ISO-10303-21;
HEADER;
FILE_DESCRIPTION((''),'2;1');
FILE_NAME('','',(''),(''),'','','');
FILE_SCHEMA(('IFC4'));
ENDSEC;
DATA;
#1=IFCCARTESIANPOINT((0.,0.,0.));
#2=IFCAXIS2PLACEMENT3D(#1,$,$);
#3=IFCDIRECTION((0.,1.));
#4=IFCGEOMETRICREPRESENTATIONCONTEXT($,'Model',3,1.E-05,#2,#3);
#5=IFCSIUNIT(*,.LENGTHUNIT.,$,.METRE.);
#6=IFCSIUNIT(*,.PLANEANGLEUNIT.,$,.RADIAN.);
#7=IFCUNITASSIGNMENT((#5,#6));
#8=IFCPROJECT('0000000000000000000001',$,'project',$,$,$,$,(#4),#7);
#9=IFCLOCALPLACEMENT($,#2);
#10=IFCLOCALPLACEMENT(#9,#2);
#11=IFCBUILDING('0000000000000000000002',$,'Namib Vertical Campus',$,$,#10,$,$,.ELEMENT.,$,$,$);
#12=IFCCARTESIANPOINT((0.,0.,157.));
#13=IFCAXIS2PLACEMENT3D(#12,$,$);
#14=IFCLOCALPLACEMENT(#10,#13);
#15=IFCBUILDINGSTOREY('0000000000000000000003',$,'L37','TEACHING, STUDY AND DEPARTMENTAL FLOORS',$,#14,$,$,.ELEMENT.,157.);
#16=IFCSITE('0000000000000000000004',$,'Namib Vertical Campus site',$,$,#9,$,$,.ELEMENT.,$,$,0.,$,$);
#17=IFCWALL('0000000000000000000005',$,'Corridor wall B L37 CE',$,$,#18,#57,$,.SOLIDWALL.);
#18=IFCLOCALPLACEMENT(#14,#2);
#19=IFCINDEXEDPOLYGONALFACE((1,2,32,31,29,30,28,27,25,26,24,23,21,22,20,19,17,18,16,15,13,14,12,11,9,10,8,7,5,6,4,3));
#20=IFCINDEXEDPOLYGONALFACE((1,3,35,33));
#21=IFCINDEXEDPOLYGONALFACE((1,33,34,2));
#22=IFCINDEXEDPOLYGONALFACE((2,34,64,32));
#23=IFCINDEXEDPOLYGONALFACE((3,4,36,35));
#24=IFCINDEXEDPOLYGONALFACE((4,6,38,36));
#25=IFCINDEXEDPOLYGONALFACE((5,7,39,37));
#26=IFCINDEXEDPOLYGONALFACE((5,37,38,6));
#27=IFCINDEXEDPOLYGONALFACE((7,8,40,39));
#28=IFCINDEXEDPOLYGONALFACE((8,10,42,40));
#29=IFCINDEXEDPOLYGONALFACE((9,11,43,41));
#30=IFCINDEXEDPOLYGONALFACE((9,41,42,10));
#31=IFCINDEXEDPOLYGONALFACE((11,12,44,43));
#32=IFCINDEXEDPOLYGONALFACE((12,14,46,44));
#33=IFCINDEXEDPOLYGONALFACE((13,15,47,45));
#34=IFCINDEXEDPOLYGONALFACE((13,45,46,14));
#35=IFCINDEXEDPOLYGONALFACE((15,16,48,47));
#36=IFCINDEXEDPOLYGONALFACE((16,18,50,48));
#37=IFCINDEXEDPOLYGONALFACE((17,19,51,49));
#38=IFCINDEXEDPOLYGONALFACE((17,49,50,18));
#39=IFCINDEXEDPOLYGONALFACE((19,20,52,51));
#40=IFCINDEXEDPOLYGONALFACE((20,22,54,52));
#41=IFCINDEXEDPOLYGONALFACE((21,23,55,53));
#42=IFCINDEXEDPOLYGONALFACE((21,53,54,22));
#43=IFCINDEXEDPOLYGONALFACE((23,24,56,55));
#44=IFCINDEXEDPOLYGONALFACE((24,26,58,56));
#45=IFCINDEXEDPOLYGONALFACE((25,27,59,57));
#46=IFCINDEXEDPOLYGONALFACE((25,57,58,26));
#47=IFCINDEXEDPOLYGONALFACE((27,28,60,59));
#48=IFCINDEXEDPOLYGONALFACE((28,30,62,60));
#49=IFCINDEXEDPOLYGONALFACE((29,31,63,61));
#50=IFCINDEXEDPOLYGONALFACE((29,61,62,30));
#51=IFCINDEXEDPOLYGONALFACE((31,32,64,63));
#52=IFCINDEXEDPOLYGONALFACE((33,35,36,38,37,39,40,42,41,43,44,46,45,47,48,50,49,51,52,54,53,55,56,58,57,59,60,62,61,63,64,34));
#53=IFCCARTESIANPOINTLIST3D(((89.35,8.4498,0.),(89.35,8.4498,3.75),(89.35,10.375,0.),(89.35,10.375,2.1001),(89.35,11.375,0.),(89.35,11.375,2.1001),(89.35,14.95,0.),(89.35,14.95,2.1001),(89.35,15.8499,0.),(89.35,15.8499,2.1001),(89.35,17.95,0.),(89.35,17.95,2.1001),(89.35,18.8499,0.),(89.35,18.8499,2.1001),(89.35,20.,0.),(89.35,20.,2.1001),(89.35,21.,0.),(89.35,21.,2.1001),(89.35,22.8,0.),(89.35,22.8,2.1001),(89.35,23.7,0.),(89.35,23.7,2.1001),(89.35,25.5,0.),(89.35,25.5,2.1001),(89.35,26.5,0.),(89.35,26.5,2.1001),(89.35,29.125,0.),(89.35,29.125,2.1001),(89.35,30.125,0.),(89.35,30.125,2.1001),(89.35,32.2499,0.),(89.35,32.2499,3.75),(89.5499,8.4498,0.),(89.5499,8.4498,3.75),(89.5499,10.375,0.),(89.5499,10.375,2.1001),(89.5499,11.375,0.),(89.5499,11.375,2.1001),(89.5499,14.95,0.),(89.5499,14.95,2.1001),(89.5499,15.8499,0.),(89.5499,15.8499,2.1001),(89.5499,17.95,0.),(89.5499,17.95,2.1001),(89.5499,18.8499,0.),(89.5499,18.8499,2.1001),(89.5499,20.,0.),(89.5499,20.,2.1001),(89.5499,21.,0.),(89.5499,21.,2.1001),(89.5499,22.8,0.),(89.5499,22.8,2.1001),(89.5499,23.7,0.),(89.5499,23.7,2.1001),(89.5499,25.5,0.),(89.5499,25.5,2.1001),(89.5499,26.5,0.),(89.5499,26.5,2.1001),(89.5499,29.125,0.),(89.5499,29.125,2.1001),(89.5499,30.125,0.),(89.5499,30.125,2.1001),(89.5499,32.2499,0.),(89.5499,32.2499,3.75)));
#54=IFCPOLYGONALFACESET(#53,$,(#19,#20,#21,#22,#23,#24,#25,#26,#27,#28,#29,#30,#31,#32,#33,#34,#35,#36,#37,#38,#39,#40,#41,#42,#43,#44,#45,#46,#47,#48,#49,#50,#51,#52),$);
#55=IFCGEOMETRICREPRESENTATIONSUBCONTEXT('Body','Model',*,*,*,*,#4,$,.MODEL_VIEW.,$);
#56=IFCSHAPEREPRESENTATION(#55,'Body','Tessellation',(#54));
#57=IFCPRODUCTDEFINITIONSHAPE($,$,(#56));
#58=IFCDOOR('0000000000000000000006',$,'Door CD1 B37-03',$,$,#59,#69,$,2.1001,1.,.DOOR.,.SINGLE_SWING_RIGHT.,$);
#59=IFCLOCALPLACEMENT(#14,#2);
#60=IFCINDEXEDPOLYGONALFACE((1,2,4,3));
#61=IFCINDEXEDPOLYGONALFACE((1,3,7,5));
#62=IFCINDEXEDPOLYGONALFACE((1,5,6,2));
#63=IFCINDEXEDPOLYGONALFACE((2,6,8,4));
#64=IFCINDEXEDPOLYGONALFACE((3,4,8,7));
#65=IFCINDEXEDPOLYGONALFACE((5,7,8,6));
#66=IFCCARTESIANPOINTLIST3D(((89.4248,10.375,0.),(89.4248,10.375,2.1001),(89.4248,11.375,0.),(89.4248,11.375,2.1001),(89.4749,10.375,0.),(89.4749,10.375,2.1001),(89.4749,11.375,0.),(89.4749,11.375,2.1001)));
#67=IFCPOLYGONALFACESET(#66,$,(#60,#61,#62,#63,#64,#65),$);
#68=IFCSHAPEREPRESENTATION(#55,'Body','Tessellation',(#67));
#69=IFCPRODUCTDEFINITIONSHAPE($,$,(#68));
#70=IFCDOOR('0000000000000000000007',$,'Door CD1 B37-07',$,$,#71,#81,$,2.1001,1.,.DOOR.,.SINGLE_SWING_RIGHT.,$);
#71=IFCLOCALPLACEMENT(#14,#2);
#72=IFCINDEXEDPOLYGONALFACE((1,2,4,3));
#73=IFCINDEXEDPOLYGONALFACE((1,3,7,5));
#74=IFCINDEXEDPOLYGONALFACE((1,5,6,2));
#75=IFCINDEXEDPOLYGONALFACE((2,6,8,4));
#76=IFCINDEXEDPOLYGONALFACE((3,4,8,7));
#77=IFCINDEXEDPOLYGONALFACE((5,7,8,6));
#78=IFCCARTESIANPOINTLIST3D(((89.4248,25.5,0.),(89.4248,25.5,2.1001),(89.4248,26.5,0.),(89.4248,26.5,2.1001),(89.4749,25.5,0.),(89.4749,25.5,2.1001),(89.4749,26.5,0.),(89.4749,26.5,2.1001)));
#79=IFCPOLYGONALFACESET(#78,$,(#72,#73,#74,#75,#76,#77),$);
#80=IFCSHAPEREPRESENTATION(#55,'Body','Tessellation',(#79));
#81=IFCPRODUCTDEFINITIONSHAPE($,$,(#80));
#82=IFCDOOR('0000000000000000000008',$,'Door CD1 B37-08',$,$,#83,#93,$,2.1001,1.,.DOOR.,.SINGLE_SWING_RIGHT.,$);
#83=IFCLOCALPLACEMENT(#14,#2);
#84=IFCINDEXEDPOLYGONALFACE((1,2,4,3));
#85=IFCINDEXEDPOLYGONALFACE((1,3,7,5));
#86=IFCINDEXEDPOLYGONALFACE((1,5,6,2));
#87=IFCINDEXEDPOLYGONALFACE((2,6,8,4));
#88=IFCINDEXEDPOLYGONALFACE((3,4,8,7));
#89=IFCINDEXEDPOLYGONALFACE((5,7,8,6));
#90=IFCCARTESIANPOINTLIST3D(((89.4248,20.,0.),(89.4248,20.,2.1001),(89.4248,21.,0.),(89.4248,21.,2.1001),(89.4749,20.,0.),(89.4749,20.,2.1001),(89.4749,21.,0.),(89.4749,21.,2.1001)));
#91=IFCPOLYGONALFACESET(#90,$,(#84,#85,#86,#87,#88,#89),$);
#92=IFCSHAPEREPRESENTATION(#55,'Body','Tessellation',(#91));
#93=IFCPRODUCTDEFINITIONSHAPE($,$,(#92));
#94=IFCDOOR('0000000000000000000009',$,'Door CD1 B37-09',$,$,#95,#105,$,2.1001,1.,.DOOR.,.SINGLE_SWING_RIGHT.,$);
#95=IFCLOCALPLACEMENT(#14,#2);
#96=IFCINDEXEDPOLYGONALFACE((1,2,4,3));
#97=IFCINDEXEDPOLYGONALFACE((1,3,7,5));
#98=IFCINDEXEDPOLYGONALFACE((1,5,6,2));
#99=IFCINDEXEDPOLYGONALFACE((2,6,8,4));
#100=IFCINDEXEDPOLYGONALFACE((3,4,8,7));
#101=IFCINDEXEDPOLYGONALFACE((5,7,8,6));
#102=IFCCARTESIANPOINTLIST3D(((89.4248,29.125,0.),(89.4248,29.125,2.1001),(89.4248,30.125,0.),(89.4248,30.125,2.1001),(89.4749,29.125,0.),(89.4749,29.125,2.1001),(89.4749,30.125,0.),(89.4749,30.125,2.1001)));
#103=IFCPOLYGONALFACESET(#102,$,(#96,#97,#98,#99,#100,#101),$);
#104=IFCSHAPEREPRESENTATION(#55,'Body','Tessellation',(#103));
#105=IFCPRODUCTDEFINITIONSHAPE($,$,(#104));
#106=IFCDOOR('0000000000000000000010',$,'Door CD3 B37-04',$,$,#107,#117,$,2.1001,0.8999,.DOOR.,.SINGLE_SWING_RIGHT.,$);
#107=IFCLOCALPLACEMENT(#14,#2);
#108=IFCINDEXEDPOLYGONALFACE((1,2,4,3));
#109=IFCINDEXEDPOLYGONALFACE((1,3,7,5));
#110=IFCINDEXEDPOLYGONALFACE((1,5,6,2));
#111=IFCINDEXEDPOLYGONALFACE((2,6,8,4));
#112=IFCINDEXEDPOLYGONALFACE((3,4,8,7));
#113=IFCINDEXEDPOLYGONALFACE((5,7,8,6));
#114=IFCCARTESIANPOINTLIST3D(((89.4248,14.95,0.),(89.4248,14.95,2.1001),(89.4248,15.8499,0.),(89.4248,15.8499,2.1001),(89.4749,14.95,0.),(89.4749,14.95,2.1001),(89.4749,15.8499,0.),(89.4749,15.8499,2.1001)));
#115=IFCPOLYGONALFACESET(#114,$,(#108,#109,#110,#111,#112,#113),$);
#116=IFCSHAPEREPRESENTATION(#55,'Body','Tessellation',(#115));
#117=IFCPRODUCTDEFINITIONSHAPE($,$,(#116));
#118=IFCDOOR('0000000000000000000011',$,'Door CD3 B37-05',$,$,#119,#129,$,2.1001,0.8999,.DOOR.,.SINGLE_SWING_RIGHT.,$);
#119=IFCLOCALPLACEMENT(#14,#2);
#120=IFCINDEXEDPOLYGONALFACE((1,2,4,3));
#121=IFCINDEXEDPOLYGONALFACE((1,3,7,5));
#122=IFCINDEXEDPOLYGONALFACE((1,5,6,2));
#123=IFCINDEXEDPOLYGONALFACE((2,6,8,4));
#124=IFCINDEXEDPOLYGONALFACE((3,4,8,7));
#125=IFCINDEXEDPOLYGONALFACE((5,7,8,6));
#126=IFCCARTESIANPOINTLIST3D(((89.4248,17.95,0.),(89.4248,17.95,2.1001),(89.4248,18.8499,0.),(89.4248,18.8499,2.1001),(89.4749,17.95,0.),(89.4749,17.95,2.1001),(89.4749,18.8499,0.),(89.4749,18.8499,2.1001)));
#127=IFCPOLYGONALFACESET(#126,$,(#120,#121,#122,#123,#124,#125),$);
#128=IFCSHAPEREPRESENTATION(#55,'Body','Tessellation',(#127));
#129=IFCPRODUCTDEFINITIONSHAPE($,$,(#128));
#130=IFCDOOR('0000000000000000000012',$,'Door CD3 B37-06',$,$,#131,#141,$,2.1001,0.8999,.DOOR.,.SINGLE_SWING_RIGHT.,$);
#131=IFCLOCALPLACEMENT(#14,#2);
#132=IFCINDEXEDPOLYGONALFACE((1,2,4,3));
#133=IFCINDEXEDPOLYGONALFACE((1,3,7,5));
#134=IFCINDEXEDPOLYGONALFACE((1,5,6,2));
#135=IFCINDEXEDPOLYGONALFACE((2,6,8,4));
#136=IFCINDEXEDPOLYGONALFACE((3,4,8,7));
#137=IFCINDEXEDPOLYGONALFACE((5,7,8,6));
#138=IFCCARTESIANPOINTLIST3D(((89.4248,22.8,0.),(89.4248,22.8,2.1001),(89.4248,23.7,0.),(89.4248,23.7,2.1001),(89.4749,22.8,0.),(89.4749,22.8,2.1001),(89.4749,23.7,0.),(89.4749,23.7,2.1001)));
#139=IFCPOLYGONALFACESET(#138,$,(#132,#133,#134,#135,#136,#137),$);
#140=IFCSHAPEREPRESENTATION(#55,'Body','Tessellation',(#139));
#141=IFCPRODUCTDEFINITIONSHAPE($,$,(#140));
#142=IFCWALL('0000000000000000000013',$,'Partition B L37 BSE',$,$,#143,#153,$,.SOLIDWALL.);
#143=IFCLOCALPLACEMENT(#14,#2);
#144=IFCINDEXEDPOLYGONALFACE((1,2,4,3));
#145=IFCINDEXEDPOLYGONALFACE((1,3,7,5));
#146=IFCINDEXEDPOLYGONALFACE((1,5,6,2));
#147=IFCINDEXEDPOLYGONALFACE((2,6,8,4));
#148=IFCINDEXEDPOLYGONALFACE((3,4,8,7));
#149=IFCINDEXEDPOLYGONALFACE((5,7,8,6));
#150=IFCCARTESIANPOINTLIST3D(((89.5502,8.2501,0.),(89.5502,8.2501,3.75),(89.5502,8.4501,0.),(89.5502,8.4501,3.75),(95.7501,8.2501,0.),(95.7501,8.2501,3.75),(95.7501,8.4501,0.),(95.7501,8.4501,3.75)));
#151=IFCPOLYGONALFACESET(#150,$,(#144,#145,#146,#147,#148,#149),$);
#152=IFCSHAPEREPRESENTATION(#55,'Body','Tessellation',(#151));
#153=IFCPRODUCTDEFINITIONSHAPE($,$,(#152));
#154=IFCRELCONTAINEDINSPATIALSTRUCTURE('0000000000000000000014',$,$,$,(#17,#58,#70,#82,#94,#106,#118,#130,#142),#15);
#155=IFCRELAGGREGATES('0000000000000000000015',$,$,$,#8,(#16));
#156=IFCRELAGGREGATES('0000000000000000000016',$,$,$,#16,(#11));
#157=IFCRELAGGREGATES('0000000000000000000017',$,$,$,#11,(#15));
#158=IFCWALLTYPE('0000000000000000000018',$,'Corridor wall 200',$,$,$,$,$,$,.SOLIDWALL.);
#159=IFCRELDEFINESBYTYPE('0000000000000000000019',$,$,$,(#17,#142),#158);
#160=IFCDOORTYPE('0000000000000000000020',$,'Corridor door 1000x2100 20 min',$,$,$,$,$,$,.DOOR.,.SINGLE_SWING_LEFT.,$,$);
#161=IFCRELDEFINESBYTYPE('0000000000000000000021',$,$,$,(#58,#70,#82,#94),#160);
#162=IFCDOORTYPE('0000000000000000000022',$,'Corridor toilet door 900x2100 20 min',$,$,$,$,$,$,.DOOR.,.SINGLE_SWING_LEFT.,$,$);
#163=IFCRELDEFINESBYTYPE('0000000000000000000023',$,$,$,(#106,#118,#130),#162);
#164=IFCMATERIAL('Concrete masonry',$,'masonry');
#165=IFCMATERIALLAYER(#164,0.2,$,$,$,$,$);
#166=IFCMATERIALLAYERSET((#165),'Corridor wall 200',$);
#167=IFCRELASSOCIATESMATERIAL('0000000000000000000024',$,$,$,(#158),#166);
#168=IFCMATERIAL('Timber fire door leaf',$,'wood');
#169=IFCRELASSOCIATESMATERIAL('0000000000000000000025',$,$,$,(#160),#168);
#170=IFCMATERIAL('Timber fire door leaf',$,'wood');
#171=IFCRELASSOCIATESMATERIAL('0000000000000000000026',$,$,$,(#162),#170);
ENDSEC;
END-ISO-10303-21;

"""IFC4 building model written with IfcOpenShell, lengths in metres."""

from ifc_helpers import new_model, si_unit, direction, frame, frame_2d, origin, place, context, subcontext, project, spatial, rectangle, extrude, material, layer, layer_set, type_object, element, fill, save


model = new_model("IFC4")

# Units and contexts
model_context = context("Model", 3, precision=1e-05, world=origin(), true_north=direction((0.0, 1.0)))
body_context = subcontext(model_context, "Body", "Model", "MODEL_VIEW")
ifc_project = project(units=[si_unit("LENGTHUNIT", "METRE"), si_unit("PLANEANGLEUNIT", "RADIAN")], contexts=[model_context])

# Site, building, storey
site_placement = place(None, origin())
site = spatial("IfcSite", under=ifc_project, at=site_placement, Name="Namib Vertical Campus site", CompositionType="ELEMENT", RefElevation=0.0)
building_placement = place(site_placement, origin())
building = spatial("IfcBuilding", under=site, at=building_placement, Name="Namib Vertical Campus", CompositionType="ELEMENT")
storey_placement = place(building_placement, frame((0.0, 0.0, 157.0)))
storey = spatial("IfcBuildingStorey", under=building, at=storey_placement, Name="L37", Description="TEACHING, STUDY AND DEPARTMENTAL FLOORS", CompositionType="ELEMENT", Elevation=157.0)

# Wall, openings, doors
ifc_material_1 = material(Name="Concrete masonry", Category="masonry")
ifc_layer_1 = layer(ifc_material_1, 0.2)
ifc_layer_set_1 = layer_set([ifc_layer_1], Name="Corridor wall 200")
wall_type_1 = type_object("IfcWallType", Name="Corridor wall 200", PredefinedType="SOLIDWALL", material=ifc_layer_set_1)
wall_1_placement = place(storey_placement, frame((89.45, 8.45, 0.0), z_axis=(0.0, 0.0, 1.0), x_axis=(0.0, 1.0, 0.0)))
wall_1 = element("IfcWall", 1, at=wall_1_placement, inside=storey, type_object=wall_type_1, Name="Corridor wall B L37 CE", PredefinedType="SOLIDWALL", context=body_context, shape_type="SweptSolid", body=[
    extrude(rectangle(XDim=23.8, YDim=0.2, at=frame_2d((11.8999, 0.0))), origin(), (0.0, 0.0, 1.0), 3.75),
])
opening_1_placement = place(wall_1_placement, frame((1.925, 0.0, 0.0)))
opening_1 = element("IfcOpeningElement", 2, at=opening_1_placement, cuts=wall_1, PredefinedType="OPENING", context=body_context, shape_type="SweptSolid", body=[
    extrude(rectangle(XDim=1.0, YDim=2.1001, at=frame_2d((0.5, 1.05))), frame((0.0, 0.1099, 0.0), z_axis=(0.0, -1.0, 0.0), x_axis=(1.0, 0.0, 0.0)), (0.0, 0.0, 1.0), 0.22),
])
opening_2_placement = place(wall_1_placement, frame((6.5, 0.0, 0.0)))
opening_2 = element("IfcOpeningElement", 3, at=opening_2_placement, cuts=wall_1, PredefinedType="OPENING", context=body_context, shape_type="SweptSolid", body=[
    extrude(rectangle(XDim=0.8999, YDim=2.1001, at=frame_2d((0.45, 1.05))), frame((0.0, 0.1099, 0.0), z_axis=(0.0, -1.0, 0.0), x_axis=(1.0, 0.0, 0.0)), (0.0, 0.0, 1.0), 0.22),
])
opening_3_placement = place(wall_1_placement, frame((9.5, 0.0, 0.0)))
opening_3 = element("IfcOpeningElement", 4, at=opening_3_placement, cuts=wall_1, PredefinedType="OPENING", context=body_context, shape_type="SweptSolid", body=[
    extrude(rectangle(XDim=0.8999, YDim=2.1001, at=frame_2d((0.45, 1.05))), frame((0.0, 0.1099, 0.0), z_axis=(0.0, -1.0, 0.0), x_axis=(1.0, 0.0, 0.0)), (0.0, 0.0, 1.0), 0.22),
])
opening_4_placement = place(wall_1_placement, frame((14.3501, 0.0, 0.0)))
opening_4 = element("IfcOpeningElement", 5, at=opening_4_placement, cuts=wall_1, PredefinedType="OPENING", context=body_context, shape_type="SweptSolid", body=[
    extrude(rectangle(XDim=0.8999, YDim=2.1001, at=frame_2d((0.45, 1.05))), frame((0.0, 0.1099, 0.0), z_axis=(0.0, -1.0, 0.0), x_axis=(1.0, 0.0, 0.0)), (0.0, 0.0, 1.0), 0.22),
])
opening_5_placement = place(wall_1_placement, frame((17.05, 0.0, 0.0)))
opening_5 = element("IfcOpeningElement", 6, at=opening_5_placement, cuts=wall_1, PredefinedType="OPENING", context=body_context, shape_type="SweptSolid", body=[
    extrude(rectangle(XDim=1.0, YDim=2.1001, at=frame_2d((0.5, 1.05))), frame((0.0, 0.1099, 0.0), z_axis=(0.0, -1.0, 0.0), x_axis=(1.0, 0.0, 0.0)), (0.0, 0.0, 1.0), 0.22),
])
opening_6_placement = place(wall_1_placement, frame((11.55, 0.0, 0.0)))
opening_6 = element("IfcOpeningElement", 7, at=opening_6_placement, cuts=wall_1, PredefinedType="OPENING", context=body_context, shape_type="SweptSolid", body=[
    extrude(rectangle(XDim=1.0, YDim=2.1001, at=frame_2d((0.5, 1.05))), frame((0.0, 0.1099, 0.0), z_axis=(0.0, -1.0, 0.0), x_axis=(1.0, 0.0, 0.0)), (0.0, 0.0, 1.0), 0.22),
])
opening_7_placement = place(wall_1_placement, frame((20.675, 0.0, 0.0)))
opening_7 = element("IfcOpeningElement", 8, at=opening_7_placement, cuts=wall_1, PredefinedType="OPENING", context=body_context, shape_type="SweptSolid", body=[
    extrude(rectangle(XDim=1.0, YDim=2.1001, at=frame_2d((0.5, 1.05))), frame((0.0, 0.1099, 0.0), z_axis=(0.0, -1.0, 0.0), x_axis=(1.0, 0.0, 0.0)), (0.0, 0.0, 1.0), 0.22),
])
ifc_material_2 = material(Name="Timber fire door leaf", Category="wood")
door_type_1 = type_object("IfcDoorType", Name="Corridor door 1000x2100 20 min", OperationType="SINGLE_SWING_LEFT", PredefinedType="DOOR", material=ifc_material_2)
door_1_placement = place(opening_1_placement, frame((1.0, 0.0, 0.0), z_axis=(0.0, 0.0, 1.0), x_axis=(-1.0, 0.0, 0.0)))
door_1 = element("IfcDoor", 9, at=door_1_placement, inside=storey, type_object=door_type_1, Name="Door CD1 B37-03", OperationType="SINGLE_SWING_RIGHT", OverallHeight=2.1001, OverallWidth=1.0, PredefinedType="DOOR", context=body_context, shape_type="SweptSolid", body=[
    extrude(rectangle(XDim=1.0, YDim=2.1001, at=frame_2d((0.5, 1.05))), frame((0.0, 0.0249, 0.0), z_axis=(0.0, -1.0, 0.0), x_axis=(1.0, 0.0, 0.0)), (0.0, 0.0, 1.0), 0.05),
])
fill(opening_1, door_1)
door_2_placement = place(opening_5_placement, frame((1.0, 0.0, 0.0), z_axis=(0.0, 0.0, 1.0), x_axis=(-1.0, 0.0, 0.0)))
door_2 = element("IfcDoor", 10, at=door_2_placement, inside=storey, type_object=door_type_1, Name="Door CD1 B37-07", OperationType="SINGLE_SWING_RIGHT", OverallHeight=2.1001, OverallWidth=1.0, PredefinedType="DOOR", context=body_context, shape_type="SweptSolid", body=[
    extrude(rectangle(XDim=1.0, YDim=2.1001, at=frame_2d((0.5, 1.05))), frame((0.0, 0.0249, 0.0), z_axis=(0.0, -1.0, 0.0), x_axis=(1.0, 0.0, 0.0)), (0.0, 0.0, 1.0), 0.05),
])
fill(opening_5, door_2)
door_3_placement = place(opening_6_placement, frame((1.0, 0.0, 0.0), z_axis=(0.0, 0.0, 1.0), x_axis=(-1.0, 0.0, 0.0)))
door_3 = element("IfcDoor", 11, at=door_3_placement, inside=storey, type_object=door_type_1, Name="Door CD1 B37-08", OperationType="SINGLE_SWING_RIGHT", OverallHeight=2.1001, OverallWidth=1.0, PredefinedType="DOOR", context=body_context, shape_type="SweptSolid", body=[
    extrude(rectangle(XDim=1.0, YDim=2.1001, at=frame_2d((0.5, 1.05))), frame((0.0, 0.0249, 0.0), z_axis=(0.0, -1.0, 0.0), x_axis=(1.0, 0.0, 0.0)), (0.0, 0.0, 1.0), 0.05),
])
fill(opening_6, door_3)
door_4_placement = place(opening_7_placement, frame((1.0, 0.0, 0.0), z_axis=(0.0, 0.0, 1.0), x_axis=(-1.0, 0.0, 0.0)))
door_4 = element("IfcDoor", 12, at=door_4_placement, inside=storey, type_object=door_type_1, Name="Door CD1 B37-09", OperationType="SINGLE_SWING_RIGHT", OverallHeight=2.1001, OverallWidth=1.0, PredefinedType="DOOR", context=body_context, shape_type="SweptSolid", body=[
    extrude(rectangle(XDim=1.0, YDim=2.1001, at=frame_2d((0.5, 1.05))), frame((0.0, 0.0249, 0.0), z_axis=(0.0, -1.0, 0.0), x_axis=(1.0, 0.0, 0.0)), (0.0, 0.0, 1.0), 0.05),
])
fill(opening_7, door_4)
ifc_material_3 = material(Name="Timber fire door leaf", Category="wood")
door_type_2 = type_object("IfcDoorType", Name="Corridor toilet door 900x2100 20 min", OperationType="SINGLE_SWING_LEFT", PredefinedType="DOOR", material=ifc_material_3)
door_5_placement = place(opening_2_placement, frame((0.8999, 0.0, 0.0), z_axis=(0.0, 0.0, 1.0), x_axis=(-1.0, 0.0, 0.0)))
door_5 = element("IfcDoor", 13, at=door_5_placement, inside=storey, type_object=door_type_2, Name="Door CD3 B37-04", OperationType="SINGLE_SWING_RIGHT", OverallHeight=2.1001, OverallWidth=0.8999, PredefinedType="DOOR", context=body_context, shape_type="SweptSolid", body=[
    extrude(rectangle(XDim=0.8999, YDim=2.1001, at=frame_2d((0.45, 1.05))), frame((0.0, 0.0249, 0.0), z_axis=(0.0, -1.0, 0.0), x_axis=(1.0, 0.0, 0.0)), (0.0, 0.0, 1.0), 0.05),
])
fill(opening_2, door_5)
door_6_placement = place(opening_3_placement, frame((0.8999, 0.0, 0.0), z_axis=(0.0, 0.0, 1.0), x_axis=(-1.0, 0.0, 0.0)))
door_6 = element("IfcDoor", 14, at=door_6_placement, inside=storey, type_object=door_type_2, Name="Door CD3 B37-05", OperationType="SINGLE_SWING_RIGHT", OverallHeight=2.1001, OverallWidth=0.8999, PredefinedType="DOOR", context=body_context, shape_type="SweptSolid", body=[
    extrude(rectangle(XDim=0.8999, YDim=2.1001, at=frame_2d((0.45, 1.05))), frame((0.0, 0.0249, 0.0), z_axis=(0.0, -1.0, 0.0), x_axis=(1.0, 0.0, 0.0)), (0.0, 0.0, 1.0), 0.05),
])
fill(opening_3, door_6)
door_7_placement = place(opening_4_placement, frame((0.8999, 0.0, 0.0), z_axis=(0.0, 0.0, 1.0), x_axis=(-1.0, 0.0, 0.0)))
door_7 = element("IfcDoor", 15, at=door_7_placement, inside=storey, type_object=door_type_2, Name="Door CD3 B37-06", OperationType="SINGLE_SWING_RIGHT", OverallHeight=2.1001, OverallWidth=0.8999, PredefinedType="DOOR", context=body_context, shape_type="SweptSolid", body=[
    extrude(rectangle(XDim=0.8999, YDim=2.1001, at=frame_2d((0.45, 1.05))), frame((0.0, 0.0249, 0.0), z_axis=(0.0, -1.0, 0.0), x_axis=(1.0, 0.0, 0.0)), (0.0, 0.0, 1.0), 0.05),
])
fill(opening_4, door_7)

# Wall
wall_2_placement = place(storey_placement, frame((89.55, 8.3501, 0.0), z_axis=(0.0, 0.0, 1.0), x_axis=(1.0, 0.0, 0.0)))
element("IfcWall", 16, at=wall_2_placement, inside=storey, type_object=wall_type_1, Name="Partition B L37 BSE", PredefinedType="SOLIDWALL", context=body_context, shape_type="SweptSolid", body=[
    extrude(rectangle(XDim=6.2, YDim=0.2, at=frame_2d((3.1001, 0.0))), origin(), (0.0, 0.0, 1.0), 3.75),
])

save(model, "model.ifc")
